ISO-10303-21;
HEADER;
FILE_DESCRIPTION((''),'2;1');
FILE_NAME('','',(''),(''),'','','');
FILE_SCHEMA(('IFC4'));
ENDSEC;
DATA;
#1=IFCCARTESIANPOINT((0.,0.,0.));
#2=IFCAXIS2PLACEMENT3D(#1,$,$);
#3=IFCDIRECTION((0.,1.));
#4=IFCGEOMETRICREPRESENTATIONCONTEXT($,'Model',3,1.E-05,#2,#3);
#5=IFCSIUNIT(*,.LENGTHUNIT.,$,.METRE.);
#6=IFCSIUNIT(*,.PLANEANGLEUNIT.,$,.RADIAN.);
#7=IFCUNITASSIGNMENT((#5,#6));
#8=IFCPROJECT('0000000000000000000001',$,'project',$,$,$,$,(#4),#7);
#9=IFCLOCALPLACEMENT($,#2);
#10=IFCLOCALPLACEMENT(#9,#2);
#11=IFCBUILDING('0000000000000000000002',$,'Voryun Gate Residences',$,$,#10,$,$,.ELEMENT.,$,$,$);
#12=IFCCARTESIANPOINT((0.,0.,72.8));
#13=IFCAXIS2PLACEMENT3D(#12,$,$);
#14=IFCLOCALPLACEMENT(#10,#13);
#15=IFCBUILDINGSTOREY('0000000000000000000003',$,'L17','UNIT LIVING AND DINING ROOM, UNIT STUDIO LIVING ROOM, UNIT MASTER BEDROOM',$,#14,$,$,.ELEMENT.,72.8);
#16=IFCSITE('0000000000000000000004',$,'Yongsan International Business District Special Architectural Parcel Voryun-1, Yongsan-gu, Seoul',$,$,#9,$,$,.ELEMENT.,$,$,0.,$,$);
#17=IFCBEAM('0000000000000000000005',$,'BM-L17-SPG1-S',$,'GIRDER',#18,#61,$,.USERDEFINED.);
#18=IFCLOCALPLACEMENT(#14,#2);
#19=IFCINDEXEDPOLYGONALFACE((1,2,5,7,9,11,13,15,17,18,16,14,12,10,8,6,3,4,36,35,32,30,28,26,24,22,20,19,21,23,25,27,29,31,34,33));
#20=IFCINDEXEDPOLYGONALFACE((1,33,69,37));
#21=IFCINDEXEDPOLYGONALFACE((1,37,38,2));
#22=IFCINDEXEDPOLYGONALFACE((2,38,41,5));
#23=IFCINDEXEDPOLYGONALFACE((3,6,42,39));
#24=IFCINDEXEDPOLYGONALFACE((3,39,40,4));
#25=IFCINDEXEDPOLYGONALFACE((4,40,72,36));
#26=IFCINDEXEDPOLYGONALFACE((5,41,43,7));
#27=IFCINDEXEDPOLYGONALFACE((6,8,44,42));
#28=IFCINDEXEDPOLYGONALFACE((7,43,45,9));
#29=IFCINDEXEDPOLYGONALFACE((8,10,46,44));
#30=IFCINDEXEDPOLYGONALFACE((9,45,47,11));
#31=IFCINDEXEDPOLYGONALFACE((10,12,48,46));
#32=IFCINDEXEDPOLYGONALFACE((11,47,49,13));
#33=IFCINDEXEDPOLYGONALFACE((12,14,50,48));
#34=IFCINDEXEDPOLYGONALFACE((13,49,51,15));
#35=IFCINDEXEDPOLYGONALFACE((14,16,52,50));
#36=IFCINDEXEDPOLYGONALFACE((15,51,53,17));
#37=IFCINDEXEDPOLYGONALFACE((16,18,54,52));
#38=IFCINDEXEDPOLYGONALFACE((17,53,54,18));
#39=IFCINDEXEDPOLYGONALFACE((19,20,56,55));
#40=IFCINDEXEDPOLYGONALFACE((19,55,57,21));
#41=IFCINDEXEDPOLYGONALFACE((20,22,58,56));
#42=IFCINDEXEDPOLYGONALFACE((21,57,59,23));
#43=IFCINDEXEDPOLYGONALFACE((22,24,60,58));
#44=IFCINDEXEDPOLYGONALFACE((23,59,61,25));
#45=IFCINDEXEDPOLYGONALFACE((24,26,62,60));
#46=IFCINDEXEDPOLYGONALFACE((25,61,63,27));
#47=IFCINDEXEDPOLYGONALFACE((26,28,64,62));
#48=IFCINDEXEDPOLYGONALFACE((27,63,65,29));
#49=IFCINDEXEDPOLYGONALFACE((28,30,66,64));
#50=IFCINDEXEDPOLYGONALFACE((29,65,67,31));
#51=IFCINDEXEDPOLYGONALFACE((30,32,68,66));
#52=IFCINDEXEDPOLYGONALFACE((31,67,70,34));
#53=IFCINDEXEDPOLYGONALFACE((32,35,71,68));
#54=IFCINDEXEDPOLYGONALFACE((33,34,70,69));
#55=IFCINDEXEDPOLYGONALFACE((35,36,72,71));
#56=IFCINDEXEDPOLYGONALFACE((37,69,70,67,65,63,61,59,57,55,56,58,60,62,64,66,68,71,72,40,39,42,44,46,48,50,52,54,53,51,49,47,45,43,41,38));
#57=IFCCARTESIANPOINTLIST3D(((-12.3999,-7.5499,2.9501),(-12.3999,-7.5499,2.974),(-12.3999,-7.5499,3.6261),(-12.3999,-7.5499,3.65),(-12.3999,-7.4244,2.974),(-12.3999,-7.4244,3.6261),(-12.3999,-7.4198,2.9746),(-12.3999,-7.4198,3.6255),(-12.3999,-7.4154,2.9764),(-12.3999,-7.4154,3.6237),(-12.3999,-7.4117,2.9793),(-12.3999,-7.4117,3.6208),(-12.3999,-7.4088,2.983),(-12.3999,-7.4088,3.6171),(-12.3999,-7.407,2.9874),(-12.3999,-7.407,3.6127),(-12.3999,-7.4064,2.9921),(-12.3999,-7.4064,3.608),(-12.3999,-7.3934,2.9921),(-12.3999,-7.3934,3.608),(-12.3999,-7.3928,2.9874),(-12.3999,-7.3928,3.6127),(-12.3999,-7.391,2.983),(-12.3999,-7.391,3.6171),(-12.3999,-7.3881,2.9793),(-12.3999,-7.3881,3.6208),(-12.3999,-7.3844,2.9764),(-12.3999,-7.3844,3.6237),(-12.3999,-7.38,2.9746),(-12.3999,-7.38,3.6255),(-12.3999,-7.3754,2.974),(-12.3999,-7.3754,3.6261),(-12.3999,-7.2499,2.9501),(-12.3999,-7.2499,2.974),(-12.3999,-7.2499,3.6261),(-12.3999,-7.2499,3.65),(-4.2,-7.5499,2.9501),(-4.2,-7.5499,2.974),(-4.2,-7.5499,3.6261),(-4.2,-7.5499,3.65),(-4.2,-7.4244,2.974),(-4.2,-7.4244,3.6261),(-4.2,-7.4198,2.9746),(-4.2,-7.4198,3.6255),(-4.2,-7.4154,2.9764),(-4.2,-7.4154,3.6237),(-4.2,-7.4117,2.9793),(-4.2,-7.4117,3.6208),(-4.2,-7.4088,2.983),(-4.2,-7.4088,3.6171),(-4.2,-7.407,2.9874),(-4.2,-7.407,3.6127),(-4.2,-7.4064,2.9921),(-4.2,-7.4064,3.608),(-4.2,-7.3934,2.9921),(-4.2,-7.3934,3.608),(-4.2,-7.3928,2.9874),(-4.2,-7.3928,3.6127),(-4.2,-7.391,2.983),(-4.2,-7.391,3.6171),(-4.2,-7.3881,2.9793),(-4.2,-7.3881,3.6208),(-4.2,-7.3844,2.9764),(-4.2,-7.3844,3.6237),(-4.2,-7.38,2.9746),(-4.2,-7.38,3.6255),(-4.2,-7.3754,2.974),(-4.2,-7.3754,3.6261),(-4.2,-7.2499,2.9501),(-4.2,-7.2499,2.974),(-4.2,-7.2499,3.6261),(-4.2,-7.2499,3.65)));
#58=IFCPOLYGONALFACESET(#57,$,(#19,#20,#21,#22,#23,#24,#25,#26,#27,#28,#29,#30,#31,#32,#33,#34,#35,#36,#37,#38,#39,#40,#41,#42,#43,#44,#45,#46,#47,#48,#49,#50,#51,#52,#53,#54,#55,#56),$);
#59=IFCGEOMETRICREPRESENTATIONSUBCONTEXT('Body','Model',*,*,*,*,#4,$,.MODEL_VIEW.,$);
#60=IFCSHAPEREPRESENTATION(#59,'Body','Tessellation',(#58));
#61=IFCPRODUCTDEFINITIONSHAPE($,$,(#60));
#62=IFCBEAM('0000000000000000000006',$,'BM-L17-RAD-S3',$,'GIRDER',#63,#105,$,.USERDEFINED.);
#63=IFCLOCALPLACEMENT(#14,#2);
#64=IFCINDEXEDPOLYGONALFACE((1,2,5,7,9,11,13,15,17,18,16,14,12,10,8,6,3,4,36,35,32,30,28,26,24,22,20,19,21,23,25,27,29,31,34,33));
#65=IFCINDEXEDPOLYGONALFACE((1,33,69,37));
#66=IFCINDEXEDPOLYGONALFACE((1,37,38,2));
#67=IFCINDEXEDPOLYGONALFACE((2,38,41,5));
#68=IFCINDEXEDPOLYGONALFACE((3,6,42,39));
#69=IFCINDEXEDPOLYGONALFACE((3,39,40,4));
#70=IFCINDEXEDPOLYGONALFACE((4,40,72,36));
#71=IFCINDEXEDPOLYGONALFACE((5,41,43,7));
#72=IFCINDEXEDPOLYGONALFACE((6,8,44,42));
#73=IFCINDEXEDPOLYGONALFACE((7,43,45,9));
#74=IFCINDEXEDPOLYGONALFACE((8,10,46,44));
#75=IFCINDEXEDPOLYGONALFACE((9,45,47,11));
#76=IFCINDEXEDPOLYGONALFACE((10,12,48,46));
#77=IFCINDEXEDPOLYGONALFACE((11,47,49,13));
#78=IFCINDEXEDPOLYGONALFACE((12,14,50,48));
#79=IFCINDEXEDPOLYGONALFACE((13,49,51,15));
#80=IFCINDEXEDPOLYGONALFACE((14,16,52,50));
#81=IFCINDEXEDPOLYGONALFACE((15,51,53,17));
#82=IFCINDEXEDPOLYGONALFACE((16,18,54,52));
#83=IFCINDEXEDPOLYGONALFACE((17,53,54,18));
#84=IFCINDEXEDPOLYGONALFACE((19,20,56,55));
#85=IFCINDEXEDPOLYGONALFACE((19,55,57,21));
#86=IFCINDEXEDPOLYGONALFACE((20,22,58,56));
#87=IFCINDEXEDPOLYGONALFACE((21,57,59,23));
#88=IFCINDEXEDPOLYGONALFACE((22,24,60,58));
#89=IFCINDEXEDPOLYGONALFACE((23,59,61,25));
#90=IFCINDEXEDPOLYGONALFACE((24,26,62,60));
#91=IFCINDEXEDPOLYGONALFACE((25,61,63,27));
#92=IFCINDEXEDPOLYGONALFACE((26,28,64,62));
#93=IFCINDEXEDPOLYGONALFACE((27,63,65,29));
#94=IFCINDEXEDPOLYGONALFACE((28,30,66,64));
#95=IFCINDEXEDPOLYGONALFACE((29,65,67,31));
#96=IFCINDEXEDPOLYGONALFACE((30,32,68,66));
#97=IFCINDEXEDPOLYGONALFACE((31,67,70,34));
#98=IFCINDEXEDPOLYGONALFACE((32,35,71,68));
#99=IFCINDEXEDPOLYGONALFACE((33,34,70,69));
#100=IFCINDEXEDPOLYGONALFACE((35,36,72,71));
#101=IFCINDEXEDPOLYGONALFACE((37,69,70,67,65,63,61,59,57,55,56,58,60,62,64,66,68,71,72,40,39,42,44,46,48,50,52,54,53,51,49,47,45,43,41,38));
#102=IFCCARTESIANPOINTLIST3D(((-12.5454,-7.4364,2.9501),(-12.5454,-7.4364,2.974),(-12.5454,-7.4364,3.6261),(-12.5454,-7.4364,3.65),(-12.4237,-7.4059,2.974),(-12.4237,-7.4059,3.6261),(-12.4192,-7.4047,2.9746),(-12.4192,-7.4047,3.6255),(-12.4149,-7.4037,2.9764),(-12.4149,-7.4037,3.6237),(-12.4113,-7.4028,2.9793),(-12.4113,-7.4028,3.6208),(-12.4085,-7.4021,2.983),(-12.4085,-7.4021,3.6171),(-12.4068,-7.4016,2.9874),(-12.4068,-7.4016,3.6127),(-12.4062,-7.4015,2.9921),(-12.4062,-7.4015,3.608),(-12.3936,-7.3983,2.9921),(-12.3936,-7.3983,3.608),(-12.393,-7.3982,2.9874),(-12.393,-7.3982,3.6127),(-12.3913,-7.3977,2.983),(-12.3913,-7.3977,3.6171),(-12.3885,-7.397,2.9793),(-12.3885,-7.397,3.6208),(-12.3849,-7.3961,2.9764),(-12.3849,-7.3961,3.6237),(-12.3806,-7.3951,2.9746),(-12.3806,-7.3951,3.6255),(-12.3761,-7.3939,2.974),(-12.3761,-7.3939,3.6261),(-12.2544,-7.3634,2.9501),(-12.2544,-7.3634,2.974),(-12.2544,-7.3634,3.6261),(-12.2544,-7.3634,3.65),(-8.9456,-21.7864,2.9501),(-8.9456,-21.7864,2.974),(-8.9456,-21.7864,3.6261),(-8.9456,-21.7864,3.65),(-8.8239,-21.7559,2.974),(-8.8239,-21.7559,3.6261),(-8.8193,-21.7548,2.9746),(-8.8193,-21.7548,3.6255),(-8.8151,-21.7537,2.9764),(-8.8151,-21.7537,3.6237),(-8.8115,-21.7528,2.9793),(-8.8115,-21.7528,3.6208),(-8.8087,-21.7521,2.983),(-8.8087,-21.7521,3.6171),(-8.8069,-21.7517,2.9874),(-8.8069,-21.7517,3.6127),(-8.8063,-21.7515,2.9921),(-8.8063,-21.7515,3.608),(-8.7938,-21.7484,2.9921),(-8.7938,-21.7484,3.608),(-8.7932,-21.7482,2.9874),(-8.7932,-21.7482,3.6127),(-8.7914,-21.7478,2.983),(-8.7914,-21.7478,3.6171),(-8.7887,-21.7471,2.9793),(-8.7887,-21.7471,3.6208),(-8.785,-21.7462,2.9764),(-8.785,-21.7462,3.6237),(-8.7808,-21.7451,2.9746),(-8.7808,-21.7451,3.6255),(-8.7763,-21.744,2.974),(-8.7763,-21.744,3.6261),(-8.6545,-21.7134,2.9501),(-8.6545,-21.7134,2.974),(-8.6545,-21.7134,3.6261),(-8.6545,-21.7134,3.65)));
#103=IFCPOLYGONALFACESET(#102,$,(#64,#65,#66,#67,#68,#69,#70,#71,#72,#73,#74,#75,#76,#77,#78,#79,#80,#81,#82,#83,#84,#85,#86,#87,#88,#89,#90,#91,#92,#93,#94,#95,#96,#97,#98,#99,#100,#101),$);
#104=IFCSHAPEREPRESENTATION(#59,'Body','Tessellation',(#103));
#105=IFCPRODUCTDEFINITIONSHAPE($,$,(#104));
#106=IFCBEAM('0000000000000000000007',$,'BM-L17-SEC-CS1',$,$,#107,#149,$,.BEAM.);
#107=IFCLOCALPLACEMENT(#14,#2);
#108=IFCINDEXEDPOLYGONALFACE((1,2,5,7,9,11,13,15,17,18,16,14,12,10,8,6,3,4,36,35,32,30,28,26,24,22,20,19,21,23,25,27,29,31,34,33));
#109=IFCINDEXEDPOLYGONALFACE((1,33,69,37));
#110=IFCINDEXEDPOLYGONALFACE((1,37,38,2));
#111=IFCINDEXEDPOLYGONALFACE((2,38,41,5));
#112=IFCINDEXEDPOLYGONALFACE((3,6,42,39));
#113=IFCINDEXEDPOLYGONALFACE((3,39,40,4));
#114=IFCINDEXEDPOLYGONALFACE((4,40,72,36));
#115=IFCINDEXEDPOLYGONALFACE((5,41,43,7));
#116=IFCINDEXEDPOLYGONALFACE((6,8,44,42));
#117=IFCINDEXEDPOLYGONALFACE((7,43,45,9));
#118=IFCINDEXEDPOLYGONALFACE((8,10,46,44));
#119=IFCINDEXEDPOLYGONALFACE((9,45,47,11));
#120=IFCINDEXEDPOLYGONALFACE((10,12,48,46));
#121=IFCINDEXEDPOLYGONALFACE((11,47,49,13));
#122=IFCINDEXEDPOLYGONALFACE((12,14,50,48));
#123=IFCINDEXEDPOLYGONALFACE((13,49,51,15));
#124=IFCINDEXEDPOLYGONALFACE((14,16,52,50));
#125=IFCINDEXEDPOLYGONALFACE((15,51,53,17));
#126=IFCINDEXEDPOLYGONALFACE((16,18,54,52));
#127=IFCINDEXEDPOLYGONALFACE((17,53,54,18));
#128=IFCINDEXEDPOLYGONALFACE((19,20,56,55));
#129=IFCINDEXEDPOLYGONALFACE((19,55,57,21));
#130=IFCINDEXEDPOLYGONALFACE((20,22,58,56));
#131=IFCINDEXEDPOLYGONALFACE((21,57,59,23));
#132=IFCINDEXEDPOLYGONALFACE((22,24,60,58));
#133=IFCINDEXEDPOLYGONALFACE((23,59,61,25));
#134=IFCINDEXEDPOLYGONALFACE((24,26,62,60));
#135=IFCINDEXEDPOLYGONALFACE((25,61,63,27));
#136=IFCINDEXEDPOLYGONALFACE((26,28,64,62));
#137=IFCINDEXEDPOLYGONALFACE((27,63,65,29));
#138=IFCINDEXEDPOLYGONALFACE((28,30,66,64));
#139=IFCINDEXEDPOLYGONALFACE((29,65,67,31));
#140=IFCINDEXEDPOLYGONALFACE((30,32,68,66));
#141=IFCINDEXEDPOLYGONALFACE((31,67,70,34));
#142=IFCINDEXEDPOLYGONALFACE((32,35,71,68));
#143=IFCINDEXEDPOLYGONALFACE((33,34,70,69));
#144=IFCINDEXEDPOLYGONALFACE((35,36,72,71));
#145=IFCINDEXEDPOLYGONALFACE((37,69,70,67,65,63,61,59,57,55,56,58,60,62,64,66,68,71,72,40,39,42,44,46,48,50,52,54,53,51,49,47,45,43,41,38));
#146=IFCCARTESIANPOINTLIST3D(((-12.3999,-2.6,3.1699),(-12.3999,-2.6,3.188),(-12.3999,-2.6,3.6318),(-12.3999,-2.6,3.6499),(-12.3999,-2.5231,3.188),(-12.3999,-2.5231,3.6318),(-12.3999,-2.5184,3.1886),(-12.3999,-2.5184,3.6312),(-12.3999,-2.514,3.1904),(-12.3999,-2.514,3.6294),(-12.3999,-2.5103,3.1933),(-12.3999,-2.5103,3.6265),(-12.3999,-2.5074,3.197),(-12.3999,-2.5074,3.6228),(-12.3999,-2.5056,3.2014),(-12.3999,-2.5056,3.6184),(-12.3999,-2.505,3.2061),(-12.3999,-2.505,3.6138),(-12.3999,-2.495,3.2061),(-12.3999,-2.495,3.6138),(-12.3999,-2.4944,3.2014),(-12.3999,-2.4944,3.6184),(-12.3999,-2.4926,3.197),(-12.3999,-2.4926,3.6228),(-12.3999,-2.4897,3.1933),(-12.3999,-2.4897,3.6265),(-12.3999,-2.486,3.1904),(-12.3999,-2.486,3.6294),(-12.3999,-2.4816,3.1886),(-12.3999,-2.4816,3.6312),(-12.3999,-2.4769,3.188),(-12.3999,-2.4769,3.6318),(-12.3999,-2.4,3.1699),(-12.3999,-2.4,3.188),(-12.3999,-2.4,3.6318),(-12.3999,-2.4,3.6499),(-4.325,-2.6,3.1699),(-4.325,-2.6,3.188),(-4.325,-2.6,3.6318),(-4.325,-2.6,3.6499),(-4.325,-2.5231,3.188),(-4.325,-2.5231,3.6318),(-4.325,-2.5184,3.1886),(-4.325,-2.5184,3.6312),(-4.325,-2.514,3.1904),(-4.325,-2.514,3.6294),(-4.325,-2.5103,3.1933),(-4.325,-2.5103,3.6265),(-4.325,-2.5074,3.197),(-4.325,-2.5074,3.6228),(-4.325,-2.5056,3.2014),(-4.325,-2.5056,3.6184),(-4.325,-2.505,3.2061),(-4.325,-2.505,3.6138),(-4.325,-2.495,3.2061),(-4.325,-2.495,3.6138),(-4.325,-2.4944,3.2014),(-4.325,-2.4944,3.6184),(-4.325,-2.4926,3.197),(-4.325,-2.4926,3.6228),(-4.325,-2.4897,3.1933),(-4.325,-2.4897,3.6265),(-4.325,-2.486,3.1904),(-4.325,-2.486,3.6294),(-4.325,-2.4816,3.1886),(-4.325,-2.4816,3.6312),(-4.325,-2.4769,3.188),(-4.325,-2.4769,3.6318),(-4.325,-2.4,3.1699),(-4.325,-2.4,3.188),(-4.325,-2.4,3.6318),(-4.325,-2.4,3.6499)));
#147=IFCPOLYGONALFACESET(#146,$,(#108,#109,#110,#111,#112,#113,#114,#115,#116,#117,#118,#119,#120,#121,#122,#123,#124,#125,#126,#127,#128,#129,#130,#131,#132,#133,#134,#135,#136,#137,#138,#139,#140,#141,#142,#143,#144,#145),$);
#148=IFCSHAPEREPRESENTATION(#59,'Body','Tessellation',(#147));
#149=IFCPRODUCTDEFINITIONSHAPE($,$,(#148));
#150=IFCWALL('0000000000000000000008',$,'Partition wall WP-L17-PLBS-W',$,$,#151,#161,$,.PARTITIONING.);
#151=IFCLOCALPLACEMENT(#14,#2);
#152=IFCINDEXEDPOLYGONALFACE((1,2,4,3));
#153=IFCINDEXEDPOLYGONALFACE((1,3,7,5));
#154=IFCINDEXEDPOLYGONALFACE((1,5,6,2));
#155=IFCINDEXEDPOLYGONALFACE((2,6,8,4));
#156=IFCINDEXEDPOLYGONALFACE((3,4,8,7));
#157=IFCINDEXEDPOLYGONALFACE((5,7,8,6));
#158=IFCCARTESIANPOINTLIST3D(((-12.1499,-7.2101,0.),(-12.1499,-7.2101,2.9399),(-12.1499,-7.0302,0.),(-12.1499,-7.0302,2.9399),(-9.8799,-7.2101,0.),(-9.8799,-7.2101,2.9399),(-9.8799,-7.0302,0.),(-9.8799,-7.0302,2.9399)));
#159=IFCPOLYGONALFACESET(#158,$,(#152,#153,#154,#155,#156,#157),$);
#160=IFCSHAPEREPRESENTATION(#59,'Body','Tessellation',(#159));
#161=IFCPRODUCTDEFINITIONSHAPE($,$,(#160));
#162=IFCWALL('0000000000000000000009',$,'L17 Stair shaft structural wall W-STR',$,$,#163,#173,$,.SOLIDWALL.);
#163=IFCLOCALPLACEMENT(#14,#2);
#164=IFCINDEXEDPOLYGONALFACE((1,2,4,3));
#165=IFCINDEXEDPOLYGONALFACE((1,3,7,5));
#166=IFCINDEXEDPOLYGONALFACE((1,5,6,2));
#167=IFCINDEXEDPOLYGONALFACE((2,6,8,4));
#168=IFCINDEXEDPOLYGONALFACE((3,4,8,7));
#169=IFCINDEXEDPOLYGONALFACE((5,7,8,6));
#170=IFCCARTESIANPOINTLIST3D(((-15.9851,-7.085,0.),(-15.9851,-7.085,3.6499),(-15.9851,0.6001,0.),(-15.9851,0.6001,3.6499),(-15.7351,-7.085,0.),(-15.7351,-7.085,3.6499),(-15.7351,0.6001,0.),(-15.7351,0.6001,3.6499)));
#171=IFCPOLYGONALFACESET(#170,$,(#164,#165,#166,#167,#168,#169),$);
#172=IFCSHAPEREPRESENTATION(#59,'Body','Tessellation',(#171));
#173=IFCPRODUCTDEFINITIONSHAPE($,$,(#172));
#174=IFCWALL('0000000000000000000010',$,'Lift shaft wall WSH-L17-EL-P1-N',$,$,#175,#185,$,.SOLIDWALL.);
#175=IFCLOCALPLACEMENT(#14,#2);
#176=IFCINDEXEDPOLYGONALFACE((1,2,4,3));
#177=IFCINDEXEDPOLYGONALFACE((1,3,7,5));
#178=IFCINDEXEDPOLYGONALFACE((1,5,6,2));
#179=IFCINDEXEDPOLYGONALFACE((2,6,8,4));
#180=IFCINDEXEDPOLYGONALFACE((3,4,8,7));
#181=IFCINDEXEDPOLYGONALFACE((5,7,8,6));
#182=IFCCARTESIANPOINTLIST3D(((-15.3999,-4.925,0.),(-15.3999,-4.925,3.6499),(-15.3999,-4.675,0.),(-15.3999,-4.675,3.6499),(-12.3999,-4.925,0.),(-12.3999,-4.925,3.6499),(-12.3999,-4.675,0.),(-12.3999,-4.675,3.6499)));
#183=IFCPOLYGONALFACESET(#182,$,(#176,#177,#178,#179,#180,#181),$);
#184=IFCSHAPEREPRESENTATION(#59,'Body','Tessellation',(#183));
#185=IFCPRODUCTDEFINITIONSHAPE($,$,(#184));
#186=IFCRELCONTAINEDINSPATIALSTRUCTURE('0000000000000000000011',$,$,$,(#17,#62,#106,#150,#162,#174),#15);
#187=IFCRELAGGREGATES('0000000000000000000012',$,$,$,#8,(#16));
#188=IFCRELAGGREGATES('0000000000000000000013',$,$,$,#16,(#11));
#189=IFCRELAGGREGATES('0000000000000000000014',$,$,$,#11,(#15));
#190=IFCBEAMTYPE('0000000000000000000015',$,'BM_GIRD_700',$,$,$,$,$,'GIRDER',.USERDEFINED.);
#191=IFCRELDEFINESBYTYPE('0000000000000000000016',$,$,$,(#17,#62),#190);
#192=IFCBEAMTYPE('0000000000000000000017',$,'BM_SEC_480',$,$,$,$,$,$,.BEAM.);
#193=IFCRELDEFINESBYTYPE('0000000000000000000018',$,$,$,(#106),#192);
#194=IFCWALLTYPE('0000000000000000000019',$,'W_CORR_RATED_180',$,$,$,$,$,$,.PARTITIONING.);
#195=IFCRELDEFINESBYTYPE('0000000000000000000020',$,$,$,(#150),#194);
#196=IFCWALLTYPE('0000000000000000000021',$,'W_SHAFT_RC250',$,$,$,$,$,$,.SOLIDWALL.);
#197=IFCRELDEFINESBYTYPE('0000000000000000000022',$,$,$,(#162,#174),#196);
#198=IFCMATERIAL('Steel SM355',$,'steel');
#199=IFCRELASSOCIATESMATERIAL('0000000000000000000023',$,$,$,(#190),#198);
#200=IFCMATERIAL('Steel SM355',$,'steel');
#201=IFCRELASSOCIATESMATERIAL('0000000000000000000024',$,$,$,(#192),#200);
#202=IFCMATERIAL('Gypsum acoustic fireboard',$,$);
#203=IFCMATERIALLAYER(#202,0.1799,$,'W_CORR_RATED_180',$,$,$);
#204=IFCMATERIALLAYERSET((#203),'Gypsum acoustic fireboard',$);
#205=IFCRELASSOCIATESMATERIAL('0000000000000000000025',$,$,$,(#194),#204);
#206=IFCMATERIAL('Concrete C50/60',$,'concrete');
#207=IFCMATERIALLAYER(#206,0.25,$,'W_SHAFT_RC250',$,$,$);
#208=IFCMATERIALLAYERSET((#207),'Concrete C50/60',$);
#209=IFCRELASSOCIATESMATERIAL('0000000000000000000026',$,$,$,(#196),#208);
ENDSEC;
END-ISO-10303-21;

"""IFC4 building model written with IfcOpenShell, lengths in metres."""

from ifc_helpers import new_model, si_unit, direction, frame, frame_2d, origin, origin_2d, place, context, subcontext, project, spatial, rectangle, i_section, extrude, material, layer, layer_set, material_profile, profile_set, type_object, element, save


model = new_model("IFC4")

# Units and contexts
model_context = context("Model", 3, precision=1e-05, world=origin(), true_north=direction((0.0, 1.0)))
body_context = subcontext(model_context, "Body", "Model", "MODEL_VIEW")
ifc_project = project(units=[si_unit("LENGTHUNIT", "METRE"), si_unit("PLANEANGLEUNIT", "RADIAN")], contexts=[model_context])

# Site, building, storey
site_placement = place(None, origin())
site = spatial("IfcSite", under=ifc_project, at=site_placement, Name="Yongsan International Business District Special Architectural Parcel Voryun-1, Yongsan-gu, Seoul", CompositionType="ELEMENT", RefElevation=0.0)
building_placement = place(site_placement, origin())
building = spatial("IfcBuilding", under=site, at=building_placement, Name="Voryun Gate Residences", CompositionType="ELEMENT")
storey_placement = place(building_placement, frame((0.0, 0.0, 72.8)))
storey = spatial("IfcBuildingStorey", under=building, at=storey_placement, Name="L17", Description="UNIT LIVING AND DINING ROOM, UNIT STUDIO LIVING ROOM, UNIT MASTER BEDROOM", CompositionType="ELEMENT", Elevation=72.8)

# Beams
ifc_material_1 = material(Name="Steel SM355", Category="steel")
ifc_material_profile_1 = material_profile(ifc_material_1, i_section(OverallWidth=0.3, OverallDepth=0.7, WebThickness=0.0129, FlangeThickness=0.0239, FilletRadius=0.0181, at=origin_2d()), Name="H-700x300x13x24")
ifc_profile_set_1 = profile_set([ifc_material_profile_1], Name="Steel SM355")
beam_type_1 = type_object("IfcBeamType", Name="BM_GIRD_700", ElementType="GIRDER", PredefinedType="USERDEFINED", material=ifc_profile_set_1)
beam_1_placement = place(storey_placement, frame((-12.3999, -7.3999, 3.3), z_axis=(1.0, 0.0, 0.0), x_axis=(0.0, 1.0, 0.0)))
element("IfcBeam", 1, at=beam_1_placement, inside=storey, type_object=beam_type_1, Name="BM-L17-SPG1-S", ObjectType="GIRDER", PredefinedType="USERDEFINED", context=body_context, shape_type="SweptSolid", body=[
    extrude(i_section(OverallWidth=0.3, OverallDepth=0.7, WebThickness=0.0129, FlangeThickness=0.0239, FilletRadius=0.0181, at=origin_2d()), origin(), (0.0, 0.0, 1.0), 8.2),
])
beam_2_placement = place(storey_placement, frame((-12.3999, -7.3999, 3.3), z_axis=(0.24332, -0.969946, 0.0), x_axis=(0.969946, 0.24332, 0.0)))
element("IfcBeam", 2, at=beam_2_placement, inside=storey, type_object=beam_type_1, Name="BM-L17-RAD-S3", ObjectType="GIRDER", PredefinedType="USERDEFINED", context=body_context, shape_type="SweptSolid", body=[
    extrude(i_section(OverallWidth=0.3, OverallDepth=0.7, WebThickness=0.0129, FlangeThickness=0.0239, FilletRadius=0.0181, at=origin_2d()), origin(), (0.0, 0.0, 1.0), 14.7947),
])
ifc_material_2 = material(Name="Steel SM355", Category="steel")
ifc_material_profile_2 = material_profile(ifc_material_2, i_section(OverallWidth=0.2, OverallDepth=0.48, WebThickness=0.01, FlangeThickness=0.0181, FilletRadius=0.0181, at=origin_2d()), Name="H-480x200x10x18")
ifc_profile_set_2 = profile_set([ifc_material_profile_2], Name="Steel SM355")
beam_type_2 = type_object("IfcBeamType", Name="BM_SEC_480", PredefinedType="BEAM", material=ifc_profile_set_2)
beam_3_placement = place(storey_placement, frame((-12.3999, -2.5, 3.4099), z_axis=(1.0, 0.0, 0.0), x_axis=(0.0, 1.0, 0.0)))
element("IfcBeam", 3, at=beam_3_placement, inside=storey, type_object=beam_type_2, Name="BM-L17-SEC-CS1", PredefinedType="BEAM", context=body_context, shape_type="SweptSolid", body=[
    extrude(i_section(OverallWidth=0.2, OverallDepth=0.48, WebThickness=0.01, FlangeThickness=0.0181, FilletRadius=0.0181, at=origin_2d()), origin(), (0.0, 0.0, 1.0), 8.075),
])

# Walls
ifc_material_3 = material(Name="Gypsum acoustic fireboard")
ifc_layer_1 = layer(ifc_material_3, 0.1799, Name="W_CORR_RATED_180")
ifc_layer_set_1 = layer_set([ifc_layer_1], Name="Gypsum acoustic fireboard")
wall_type_1 = type_object("IfcWallType", Name="W_CORR_RATED_180", PredefinedType="PARTITIONING", material=ifc_layer_set_1)
wall_1_placement = place(storey_placement, frame((-12.1499, -7.1201, 0.0), z_axis=(0.0, 0.0, 1.0), x_axis=(1.0, 0.0, 0.0)))
element("IfcWall", 4, at=wall_1_placement, inside=storey, type_object=wall_type_1, Name="Partition wall WP-L17-PLBS-W", PredefinedType="PARTITIONING", context=body_context, shape_type="SweptSolid", body=[
    extrude(rectangle(XDim=2.27, YDim=0.1799, at=frame_2d((1.135, 0.0))), origin(), (0.0, 0.0, 1.0), 2.9399),
])
ifc_material_4 = material(Name="Concrete C50/60", Category="concrete")
ifc_layer_2 = layer(ifc_material_4, 0.25, Name="W_SHAFT_RC250")
ifc_layer_set_2 = layer_set([ifc_layer_2], Name="Concrete C50/60")
wall_type_2 = type_object("IfcWallType", Name="W_SHAFT_RC250", PredefinedType="SOLIDWALL", material=ifc_layer_set_2)
wall_2_placement = place(storey_placement, frame((-15.8601, -7.085, 0.0), z_axis=(0.0, 0.0, 1.0), x_axis=(0.0, 1.0, 0.0)))
element("IfcWall", 5, at=wall_2_placement, inside=storey, type_object=wall_type_2, Name="L17 Stair shaft structural wall W-STR", PredefinedType="SOLIDWALL", context=body_context, shape_type="SweptSolid", body=[
    extrude(rectangle(XDim=7.6851, YDim=0.25, at=frame_2d((3.8425, 0.0))), origin(), (0.0, 0.0, 1.0), 3.6499),
])
wall_3_placement = place(storey_placement, frame((-12.3999, -4.8, 0.0), z_axis=(0.0, 0.0, 1.0), x_axis=(-1.0, 0.0, 0.0)))
element("IfcWall", 6, at=wall_3_placement, inside=storey, type_object=wall_type_2, Name="Lift shaft wall WSH-L17-EL-P1-N", PredefinedType="SOLIDWALL", context=body_context, shape_type="SweptSolid", body=[
    extrude(rectangle(XDim=3.0, YDim=0.25, at=frame_2d((1.5, 0.0))), origin(), (0.0, 0.0, 1.0), 3.6499),
])

save(model, "model.ifc")
